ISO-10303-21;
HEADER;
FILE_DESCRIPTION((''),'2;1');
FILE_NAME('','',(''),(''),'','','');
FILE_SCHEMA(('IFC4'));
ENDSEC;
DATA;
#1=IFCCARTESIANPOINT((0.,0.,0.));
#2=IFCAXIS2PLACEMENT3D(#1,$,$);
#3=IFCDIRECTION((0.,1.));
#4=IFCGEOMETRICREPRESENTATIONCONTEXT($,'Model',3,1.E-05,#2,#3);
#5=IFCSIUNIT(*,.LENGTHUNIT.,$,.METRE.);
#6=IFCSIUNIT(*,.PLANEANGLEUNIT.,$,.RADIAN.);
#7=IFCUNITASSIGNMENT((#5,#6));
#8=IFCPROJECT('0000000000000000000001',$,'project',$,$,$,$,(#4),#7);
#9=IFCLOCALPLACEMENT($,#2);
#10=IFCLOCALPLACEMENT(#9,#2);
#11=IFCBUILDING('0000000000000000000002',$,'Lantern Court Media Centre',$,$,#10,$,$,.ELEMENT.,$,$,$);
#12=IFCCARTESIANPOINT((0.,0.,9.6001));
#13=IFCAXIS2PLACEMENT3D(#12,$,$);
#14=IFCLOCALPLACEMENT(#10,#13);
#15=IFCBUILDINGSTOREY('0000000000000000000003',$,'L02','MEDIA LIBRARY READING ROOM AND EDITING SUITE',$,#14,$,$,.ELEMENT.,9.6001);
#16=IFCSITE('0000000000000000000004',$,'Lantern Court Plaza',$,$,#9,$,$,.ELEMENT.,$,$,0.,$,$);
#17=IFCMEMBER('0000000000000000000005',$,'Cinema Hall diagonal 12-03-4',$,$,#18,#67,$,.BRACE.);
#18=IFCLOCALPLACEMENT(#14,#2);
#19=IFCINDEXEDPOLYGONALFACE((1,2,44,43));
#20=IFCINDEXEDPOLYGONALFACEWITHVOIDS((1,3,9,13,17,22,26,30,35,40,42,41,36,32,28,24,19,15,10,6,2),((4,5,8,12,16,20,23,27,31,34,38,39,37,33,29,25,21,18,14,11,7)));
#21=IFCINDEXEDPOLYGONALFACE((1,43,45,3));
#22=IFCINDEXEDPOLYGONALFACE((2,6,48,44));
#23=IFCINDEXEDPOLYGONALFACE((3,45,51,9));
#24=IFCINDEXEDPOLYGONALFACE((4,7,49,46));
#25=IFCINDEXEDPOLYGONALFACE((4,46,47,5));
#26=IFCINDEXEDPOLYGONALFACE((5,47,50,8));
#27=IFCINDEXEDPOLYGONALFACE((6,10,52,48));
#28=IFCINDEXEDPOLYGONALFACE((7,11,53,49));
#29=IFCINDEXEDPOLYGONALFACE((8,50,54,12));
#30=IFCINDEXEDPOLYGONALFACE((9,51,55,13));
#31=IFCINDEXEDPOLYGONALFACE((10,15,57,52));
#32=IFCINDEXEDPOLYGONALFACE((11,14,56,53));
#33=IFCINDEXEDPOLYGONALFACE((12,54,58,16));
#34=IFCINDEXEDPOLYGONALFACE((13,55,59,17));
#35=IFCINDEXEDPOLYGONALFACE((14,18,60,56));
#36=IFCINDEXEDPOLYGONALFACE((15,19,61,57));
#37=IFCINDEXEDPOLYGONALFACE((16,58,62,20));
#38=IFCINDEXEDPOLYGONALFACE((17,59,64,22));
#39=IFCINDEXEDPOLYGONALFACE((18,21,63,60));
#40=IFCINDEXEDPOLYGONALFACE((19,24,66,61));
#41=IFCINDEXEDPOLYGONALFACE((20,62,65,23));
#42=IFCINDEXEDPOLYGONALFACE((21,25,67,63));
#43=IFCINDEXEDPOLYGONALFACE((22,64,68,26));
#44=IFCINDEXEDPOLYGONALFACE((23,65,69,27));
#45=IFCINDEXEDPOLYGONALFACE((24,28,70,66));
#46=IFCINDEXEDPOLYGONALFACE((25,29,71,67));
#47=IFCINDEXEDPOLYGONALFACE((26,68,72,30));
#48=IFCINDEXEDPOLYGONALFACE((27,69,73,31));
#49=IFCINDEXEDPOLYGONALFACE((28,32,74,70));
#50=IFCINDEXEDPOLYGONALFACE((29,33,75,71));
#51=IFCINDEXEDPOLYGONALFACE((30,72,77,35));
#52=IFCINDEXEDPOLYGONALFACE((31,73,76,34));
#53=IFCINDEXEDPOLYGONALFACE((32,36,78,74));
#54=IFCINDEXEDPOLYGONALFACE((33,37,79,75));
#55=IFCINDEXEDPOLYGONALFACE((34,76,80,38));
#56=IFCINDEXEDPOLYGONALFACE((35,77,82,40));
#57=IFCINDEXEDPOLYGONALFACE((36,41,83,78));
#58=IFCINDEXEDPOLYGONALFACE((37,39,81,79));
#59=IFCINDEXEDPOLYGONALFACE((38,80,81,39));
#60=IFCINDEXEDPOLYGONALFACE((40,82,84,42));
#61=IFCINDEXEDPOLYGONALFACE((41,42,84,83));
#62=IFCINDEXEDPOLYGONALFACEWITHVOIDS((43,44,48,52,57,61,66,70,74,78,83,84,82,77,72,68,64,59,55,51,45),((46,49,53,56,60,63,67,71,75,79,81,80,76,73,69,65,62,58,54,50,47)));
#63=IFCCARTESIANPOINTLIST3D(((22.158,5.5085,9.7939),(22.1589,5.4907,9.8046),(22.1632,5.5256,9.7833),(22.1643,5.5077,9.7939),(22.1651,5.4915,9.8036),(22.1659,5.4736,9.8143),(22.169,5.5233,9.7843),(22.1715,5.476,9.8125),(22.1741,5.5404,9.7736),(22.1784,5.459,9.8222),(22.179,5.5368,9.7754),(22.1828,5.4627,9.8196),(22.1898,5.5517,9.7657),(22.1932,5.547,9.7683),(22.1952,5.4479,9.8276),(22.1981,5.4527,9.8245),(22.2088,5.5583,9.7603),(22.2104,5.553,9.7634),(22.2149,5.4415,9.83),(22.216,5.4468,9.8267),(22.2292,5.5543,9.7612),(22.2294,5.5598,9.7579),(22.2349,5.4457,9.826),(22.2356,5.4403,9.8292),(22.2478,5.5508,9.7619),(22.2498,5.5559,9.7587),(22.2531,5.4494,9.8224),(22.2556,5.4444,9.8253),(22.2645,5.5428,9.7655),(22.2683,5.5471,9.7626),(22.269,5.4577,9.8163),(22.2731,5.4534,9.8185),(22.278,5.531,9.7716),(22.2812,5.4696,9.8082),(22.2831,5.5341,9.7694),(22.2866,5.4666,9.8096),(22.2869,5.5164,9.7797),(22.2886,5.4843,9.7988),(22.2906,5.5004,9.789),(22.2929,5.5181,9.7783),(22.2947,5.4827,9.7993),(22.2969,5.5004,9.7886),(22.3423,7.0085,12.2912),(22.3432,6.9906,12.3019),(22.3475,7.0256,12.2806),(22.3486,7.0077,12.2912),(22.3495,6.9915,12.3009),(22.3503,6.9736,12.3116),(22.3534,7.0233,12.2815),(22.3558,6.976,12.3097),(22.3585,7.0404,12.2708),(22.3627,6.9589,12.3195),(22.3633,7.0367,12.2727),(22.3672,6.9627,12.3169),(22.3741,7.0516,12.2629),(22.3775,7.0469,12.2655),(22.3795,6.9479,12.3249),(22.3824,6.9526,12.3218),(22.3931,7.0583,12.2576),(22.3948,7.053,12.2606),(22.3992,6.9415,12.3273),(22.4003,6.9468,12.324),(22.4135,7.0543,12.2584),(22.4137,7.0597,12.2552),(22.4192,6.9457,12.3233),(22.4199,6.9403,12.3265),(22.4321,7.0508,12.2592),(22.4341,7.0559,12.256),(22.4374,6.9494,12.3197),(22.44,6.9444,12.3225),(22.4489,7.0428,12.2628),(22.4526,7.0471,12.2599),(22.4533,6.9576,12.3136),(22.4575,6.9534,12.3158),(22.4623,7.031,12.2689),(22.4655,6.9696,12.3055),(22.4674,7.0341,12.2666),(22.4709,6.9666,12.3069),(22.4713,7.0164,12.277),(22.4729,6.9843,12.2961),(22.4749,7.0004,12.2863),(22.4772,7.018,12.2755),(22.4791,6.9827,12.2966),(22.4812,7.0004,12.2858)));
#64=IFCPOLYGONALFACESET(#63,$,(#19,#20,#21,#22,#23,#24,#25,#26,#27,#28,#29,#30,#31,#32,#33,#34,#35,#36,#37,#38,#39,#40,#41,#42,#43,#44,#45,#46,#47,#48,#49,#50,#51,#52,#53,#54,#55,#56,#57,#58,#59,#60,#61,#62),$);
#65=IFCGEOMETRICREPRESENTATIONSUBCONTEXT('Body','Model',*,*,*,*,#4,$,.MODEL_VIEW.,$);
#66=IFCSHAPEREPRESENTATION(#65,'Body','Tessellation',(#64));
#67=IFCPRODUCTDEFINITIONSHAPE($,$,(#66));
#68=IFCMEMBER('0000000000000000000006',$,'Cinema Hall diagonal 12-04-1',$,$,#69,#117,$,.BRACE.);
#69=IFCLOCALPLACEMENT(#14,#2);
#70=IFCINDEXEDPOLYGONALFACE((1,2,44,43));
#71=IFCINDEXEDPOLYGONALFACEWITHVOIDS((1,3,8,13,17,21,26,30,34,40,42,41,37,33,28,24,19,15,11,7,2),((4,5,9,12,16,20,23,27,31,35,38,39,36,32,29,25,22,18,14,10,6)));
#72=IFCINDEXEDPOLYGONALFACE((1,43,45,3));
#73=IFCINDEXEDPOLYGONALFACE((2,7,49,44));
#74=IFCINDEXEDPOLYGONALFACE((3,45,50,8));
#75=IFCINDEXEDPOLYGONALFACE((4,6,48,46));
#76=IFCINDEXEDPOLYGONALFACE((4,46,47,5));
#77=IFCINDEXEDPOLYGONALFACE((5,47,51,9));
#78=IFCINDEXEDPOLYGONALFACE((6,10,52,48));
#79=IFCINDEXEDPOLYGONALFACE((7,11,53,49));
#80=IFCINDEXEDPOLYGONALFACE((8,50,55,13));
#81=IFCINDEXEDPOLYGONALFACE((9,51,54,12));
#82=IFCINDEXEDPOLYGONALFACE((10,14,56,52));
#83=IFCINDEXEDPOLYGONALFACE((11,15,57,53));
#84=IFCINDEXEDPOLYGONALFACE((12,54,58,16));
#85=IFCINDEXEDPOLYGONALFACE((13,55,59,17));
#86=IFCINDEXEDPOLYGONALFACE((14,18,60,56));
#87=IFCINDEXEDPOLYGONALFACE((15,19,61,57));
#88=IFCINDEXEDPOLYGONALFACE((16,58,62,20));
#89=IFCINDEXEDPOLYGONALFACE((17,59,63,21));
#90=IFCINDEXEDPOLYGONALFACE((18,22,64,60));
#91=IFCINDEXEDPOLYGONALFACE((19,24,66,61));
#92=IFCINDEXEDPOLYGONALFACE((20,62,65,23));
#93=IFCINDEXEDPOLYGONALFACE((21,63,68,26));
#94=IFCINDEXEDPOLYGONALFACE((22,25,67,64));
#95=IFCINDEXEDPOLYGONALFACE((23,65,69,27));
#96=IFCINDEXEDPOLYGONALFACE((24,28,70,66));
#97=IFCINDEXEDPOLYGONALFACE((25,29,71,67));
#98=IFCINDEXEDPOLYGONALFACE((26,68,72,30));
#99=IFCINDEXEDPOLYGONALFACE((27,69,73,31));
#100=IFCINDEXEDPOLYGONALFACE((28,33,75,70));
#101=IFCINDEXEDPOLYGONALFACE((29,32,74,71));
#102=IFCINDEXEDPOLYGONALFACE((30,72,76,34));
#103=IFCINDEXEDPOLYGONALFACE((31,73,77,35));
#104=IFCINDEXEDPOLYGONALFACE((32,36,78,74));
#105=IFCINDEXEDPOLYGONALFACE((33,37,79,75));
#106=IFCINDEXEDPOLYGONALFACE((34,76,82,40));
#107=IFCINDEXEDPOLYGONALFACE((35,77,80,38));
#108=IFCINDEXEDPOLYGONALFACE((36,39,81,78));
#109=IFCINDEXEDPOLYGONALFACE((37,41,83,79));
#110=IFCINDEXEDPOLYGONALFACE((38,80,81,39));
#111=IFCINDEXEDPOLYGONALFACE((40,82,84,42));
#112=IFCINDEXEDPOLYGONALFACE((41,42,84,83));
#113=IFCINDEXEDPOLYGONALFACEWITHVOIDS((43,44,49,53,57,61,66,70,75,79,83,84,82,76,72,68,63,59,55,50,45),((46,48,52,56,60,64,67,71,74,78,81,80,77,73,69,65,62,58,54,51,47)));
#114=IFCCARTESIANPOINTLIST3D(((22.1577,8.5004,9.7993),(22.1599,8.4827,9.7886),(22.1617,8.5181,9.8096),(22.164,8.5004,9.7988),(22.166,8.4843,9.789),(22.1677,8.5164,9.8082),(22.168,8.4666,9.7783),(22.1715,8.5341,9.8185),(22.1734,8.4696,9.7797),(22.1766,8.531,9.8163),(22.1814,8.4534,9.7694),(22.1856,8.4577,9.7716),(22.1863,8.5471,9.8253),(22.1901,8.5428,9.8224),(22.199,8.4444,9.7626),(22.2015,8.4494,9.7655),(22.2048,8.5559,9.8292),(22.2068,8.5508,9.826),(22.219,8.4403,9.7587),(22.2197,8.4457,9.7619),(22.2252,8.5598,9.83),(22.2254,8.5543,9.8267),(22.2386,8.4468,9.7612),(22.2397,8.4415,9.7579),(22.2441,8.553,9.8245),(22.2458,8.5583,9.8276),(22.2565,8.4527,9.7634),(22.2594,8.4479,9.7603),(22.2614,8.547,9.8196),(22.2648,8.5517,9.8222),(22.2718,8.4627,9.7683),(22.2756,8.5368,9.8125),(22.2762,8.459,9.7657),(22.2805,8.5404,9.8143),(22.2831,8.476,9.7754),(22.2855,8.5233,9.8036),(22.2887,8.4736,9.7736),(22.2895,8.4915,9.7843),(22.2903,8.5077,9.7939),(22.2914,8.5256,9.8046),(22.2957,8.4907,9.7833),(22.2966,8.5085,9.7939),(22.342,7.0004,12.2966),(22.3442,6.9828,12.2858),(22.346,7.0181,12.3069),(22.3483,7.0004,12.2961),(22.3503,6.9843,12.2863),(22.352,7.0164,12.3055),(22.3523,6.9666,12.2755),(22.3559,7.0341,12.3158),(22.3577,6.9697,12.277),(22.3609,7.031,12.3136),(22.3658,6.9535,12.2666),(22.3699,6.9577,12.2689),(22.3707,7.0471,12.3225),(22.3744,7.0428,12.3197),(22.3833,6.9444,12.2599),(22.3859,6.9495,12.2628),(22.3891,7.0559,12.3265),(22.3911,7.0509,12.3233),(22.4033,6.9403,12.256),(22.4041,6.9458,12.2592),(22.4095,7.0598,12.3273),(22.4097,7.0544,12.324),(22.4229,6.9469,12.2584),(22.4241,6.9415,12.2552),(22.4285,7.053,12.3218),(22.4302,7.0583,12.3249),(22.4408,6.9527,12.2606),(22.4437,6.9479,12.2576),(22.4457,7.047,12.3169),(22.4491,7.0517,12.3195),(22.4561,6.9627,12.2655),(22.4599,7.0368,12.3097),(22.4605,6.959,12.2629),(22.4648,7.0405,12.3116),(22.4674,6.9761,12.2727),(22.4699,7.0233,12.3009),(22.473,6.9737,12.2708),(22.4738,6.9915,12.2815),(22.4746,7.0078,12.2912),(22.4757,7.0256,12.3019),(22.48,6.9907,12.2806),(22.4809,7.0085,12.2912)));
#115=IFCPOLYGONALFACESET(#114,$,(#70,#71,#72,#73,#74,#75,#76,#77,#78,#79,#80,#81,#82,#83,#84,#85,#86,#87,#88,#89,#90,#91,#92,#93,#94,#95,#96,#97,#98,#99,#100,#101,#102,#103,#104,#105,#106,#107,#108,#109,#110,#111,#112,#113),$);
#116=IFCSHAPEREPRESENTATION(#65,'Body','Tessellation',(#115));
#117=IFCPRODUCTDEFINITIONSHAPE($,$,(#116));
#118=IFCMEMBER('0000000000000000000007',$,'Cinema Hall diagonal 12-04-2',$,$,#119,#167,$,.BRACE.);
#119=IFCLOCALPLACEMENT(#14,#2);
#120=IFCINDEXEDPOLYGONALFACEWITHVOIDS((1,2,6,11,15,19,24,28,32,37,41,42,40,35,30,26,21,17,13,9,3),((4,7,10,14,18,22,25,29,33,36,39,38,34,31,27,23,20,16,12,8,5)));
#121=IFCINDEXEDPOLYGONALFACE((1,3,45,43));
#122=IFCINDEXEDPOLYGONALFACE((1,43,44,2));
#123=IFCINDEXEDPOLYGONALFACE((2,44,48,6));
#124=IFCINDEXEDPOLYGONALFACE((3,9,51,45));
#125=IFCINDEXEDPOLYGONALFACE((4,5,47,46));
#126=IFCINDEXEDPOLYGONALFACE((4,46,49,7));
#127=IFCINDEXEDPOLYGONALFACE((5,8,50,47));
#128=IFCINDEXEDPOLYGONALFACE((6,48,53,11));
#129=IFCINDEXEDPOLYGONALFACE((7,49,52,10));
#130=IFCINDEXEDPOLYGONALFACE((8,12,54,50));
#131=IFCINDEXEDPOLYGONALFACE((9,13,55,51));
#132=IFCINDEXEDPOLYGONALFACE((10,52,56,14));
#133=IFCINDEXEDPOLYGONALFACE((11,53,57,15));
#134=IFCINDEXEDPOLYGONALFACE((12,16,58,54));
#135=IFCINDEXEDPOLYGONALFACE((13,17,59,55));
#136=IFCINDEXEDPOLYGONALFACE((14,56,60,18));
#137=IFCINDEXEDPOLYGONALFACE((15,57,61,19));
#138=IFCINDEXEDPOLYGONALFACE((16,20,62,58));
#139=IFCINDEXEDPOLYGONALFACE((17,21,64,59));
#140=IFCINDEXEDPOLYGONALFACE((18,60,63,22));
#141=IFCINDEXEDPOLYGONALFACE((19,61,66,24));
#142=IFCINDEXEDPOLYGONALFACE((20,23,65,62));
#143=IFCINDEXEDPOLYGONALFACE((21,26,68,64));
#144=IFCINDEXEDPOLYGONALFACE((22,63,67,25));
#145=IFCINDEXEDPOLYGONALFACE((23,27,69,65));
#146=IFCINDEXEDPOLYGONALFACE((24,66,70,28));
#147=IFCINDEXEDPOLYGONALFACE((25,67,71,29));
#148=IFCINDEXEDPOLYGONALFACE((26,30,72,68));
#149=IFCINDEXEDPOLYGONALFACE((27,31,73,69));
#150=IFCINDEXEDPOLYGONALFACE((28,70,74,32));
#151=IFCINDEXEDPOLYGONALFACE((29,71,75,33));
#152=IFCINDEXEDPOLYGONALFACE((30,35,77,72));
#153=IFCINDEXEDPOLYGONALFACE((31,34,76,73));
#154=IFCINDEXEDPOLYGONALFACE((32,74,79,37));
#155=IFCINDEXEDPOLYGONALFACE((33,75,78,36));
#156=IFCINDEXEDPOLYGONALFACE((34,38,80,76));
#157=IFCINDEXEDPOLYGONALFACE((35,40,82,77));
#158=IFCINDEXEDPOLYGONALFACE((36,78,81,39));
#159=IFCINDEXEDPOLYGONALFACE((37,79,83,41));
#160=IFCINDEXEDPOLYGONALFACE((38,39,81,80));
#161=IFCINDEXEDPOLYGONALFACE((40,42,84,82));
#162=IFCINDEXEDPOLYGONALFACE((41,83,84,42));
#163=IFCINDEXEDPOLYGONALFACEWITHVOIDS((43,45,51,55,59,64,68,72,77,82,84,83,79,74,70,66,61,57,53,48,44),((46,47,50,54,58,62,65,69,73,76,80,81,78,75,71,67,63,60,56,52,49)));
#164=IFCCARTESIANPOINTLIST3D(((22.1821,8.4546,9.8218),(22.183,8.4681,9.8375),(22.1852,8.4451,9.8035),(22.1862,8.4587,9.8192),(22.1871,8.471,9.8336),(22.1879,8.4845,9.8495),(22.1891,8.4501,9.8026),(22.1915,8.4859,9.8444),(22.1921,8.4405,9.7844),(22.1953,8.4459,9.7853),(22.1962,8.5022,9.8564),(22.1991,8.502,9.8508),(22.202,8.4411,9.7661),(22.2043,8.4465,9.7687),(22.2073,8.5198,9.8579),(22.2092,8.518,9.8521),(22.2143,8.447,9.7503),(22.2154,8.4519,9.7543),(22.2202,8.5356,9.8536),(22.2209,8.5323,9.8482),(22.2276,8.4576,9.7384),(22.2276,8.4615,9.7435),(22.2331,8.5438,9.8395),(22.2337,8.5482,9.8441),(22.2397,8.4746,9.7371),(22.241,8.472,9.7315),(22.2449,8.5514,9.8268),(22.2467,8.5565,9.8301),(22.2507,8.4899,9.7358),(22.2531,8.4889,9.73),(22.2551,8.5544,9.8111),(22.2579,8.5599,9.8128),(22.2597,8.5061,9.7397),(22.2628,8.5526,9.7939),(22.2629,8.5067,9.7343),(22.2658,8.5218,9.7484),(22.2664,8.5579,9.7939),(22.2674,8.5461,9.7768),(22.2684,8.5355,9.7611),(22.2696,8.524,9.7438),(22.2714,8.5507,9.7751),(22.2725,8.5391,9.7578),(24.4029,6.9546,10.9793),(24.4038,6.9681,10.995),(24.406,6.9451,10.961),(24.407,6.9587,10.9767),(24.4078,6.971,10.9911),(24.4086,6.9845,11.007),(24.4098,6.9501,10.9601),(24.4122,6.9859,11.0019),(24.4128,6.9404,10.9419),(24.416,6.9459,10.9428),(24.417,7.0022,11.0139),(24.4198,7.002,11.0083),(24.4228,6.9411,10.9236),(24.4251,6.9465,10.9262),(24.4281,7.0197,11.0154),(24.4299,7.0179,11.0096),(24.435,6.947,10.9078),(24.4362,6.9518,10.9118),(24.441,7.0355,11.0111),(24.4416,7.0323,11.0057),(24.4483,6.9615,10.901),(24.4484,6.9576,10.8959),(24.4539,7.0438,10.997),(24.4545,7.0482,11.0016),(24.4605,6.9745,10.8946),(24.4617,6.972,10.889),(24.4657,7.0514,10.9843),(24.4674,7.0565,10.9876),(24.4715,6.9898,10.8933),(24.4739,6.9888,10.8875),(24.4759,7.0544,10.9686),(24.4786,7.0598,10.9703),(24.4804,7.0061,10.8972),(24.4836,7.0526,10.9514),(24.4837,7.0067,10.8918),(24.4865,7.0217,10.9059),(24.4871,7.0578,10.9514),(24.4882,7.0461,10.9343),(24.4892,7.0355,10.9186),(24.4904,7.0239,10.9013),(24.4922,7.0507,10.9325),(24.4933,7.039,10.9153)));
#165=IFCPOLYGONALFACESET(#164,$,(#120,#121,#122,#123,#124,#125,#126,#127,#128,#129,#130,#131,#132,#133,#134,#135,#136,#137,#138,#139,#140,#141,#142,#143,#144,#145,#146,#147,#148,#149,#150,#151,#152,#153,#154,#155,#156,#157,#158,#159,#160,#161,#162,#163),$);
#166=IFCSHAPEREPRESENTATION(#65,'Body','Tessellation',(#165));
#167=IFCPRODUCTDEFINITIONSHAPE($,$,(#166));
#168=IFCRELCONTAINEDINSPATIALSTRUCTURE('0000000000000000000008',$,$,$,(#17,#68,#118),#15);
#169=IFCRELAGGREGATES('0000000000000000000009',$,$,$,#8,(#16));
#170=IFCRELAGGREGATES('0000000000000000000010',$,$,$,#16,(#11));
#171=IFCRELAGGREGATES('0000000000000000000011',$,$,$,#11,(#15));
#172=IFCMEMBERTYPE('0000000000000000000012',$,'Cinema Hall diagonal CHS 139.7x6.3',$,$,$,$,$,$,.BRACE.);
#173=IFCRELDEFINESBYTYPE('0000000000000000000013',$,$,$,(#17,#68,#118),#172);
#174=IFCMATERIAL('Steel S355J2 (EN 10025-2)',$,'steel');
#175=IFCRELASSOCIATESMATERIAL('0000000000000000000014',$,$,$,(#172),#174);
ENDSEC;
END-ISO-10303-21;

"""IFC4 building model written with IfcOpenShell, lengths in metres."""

from ifc_helpers import new_model, si_unit, direction, frame, origin, origin_2d, place, context, subcontext, project, spatial, hollow_circle, extrude, material, material_profile, profile_set, type_object, element, save


model = new_model("IFC4")

# Units and contexts
model_context = context("Model", 3, precision=1e-05, world=origin(), true_north=direction((0.0, 1.0)))
body_context = subcontext(model_context, "Body", "Model", "MODEL_VIEW")
ifc_project = project(units=[si_unit("LENGTHUNIT", "METRE"), si_unit("PLANEANGLEUNIT", "RADIAN")], contexts=[model_context])

# Site, building, storey
site_placement = place(None, origin())
site = spatial("IfcSite", under=ifc_project, at=site_placement, Name="Lantern Court Plaza", CompositionType="ELEMENT", RefElevation=0.0)
building_placement = place(site_placement, origin())
building = spatial("IfcBuilding", under=site, at=building_placement, Name="Lantern Court Media Centre", CompositionType="ELEMENT")
storey_placement = place(building_placement, frame((0.0, 0.0, 9.6001)))
storey = spatial("IfcBuildingStorey", under=building, at=storey_placement, Name="L02", Description="MEDIA LIBRARY READING ROOM AND EDITING SUITE", CompositionType="ELEMENT", Elevation=9.6001)

# Members
ifc_material = material(Name="Steel S355J2 (EN 10025-2)", Category="steel")
ifc_material_profile_1 = material_profile(ifc_material, hollow_circle(Radius=0.0698, WallThickness=0.0063, at=origin_2d()), Name="Cinema Hall diagonal CHS 139.7x6.3")
ifc_profile_set_1 = profile_set([ifc_material_profile_1], Name="Steel S355J2 (EN 10025-2)")
member_type_1 = type_object("IfcMemberType", Name="Cinema Hall diagonal CHS 139.7x6.3", PredefinedType="BRACE", material=ifc_profile_set_1)
for number, where, z_axis, x_axis, name in (
    (1, (22.2273, 5.5, 9.7939), (0.063147, 0.513875, 0.855538), (-0.992534, 0.121967, 0.0), "Cinema Hall diagonal 12-03-4"),
    (2, (22.2273, 8.5, 9.7939), (0.063147, -0.513875, 0.855538), (0.992534, 0.121967, 0.0), "Cinema Hall diagonal 12-04-1"),
):
    element("IfcMember", number, at=place(storey_placement, frame(where, z_axis=z_axis, x_axis=x_axis)), inside=storey, type_object=member_type_1, Name=name, PredefinedType="BRACE", context=body_context, shape_type="SweptSolid", body=[
        extrude(hollow_circle(Radius=0.0698, WallThickness=0.0063, at=origin_2d()), origin(), (0.0, 0.0, 1.0), 2.9189),
    ])
for number, where, z_axis, x_axis, name in (
    (3, (22.2273, 8.5, 9.7939), (0.760744, -0.513854, 0.396514), (0.559736, 0.828671, 0.0), "Cinema Hall diagonal 12-04-2"),
):
    element("IfcMember", number, at=place(storey_placement, frame(where, z_axis=z_axis, x_axis=x_axis)), inside=storey, type_object=member_type_1, Name=name, PredefinedType="BRACE", context=body_context, shape_type="SweptSolid", body=[
        extrude(hollow_circle(Radius=0.0698, WallThickness=0.0063, at=origin_2d()), origin(), (0.0, 0.0, 1.0), 2.9192),
    ])

save(model, "model.ifc")
